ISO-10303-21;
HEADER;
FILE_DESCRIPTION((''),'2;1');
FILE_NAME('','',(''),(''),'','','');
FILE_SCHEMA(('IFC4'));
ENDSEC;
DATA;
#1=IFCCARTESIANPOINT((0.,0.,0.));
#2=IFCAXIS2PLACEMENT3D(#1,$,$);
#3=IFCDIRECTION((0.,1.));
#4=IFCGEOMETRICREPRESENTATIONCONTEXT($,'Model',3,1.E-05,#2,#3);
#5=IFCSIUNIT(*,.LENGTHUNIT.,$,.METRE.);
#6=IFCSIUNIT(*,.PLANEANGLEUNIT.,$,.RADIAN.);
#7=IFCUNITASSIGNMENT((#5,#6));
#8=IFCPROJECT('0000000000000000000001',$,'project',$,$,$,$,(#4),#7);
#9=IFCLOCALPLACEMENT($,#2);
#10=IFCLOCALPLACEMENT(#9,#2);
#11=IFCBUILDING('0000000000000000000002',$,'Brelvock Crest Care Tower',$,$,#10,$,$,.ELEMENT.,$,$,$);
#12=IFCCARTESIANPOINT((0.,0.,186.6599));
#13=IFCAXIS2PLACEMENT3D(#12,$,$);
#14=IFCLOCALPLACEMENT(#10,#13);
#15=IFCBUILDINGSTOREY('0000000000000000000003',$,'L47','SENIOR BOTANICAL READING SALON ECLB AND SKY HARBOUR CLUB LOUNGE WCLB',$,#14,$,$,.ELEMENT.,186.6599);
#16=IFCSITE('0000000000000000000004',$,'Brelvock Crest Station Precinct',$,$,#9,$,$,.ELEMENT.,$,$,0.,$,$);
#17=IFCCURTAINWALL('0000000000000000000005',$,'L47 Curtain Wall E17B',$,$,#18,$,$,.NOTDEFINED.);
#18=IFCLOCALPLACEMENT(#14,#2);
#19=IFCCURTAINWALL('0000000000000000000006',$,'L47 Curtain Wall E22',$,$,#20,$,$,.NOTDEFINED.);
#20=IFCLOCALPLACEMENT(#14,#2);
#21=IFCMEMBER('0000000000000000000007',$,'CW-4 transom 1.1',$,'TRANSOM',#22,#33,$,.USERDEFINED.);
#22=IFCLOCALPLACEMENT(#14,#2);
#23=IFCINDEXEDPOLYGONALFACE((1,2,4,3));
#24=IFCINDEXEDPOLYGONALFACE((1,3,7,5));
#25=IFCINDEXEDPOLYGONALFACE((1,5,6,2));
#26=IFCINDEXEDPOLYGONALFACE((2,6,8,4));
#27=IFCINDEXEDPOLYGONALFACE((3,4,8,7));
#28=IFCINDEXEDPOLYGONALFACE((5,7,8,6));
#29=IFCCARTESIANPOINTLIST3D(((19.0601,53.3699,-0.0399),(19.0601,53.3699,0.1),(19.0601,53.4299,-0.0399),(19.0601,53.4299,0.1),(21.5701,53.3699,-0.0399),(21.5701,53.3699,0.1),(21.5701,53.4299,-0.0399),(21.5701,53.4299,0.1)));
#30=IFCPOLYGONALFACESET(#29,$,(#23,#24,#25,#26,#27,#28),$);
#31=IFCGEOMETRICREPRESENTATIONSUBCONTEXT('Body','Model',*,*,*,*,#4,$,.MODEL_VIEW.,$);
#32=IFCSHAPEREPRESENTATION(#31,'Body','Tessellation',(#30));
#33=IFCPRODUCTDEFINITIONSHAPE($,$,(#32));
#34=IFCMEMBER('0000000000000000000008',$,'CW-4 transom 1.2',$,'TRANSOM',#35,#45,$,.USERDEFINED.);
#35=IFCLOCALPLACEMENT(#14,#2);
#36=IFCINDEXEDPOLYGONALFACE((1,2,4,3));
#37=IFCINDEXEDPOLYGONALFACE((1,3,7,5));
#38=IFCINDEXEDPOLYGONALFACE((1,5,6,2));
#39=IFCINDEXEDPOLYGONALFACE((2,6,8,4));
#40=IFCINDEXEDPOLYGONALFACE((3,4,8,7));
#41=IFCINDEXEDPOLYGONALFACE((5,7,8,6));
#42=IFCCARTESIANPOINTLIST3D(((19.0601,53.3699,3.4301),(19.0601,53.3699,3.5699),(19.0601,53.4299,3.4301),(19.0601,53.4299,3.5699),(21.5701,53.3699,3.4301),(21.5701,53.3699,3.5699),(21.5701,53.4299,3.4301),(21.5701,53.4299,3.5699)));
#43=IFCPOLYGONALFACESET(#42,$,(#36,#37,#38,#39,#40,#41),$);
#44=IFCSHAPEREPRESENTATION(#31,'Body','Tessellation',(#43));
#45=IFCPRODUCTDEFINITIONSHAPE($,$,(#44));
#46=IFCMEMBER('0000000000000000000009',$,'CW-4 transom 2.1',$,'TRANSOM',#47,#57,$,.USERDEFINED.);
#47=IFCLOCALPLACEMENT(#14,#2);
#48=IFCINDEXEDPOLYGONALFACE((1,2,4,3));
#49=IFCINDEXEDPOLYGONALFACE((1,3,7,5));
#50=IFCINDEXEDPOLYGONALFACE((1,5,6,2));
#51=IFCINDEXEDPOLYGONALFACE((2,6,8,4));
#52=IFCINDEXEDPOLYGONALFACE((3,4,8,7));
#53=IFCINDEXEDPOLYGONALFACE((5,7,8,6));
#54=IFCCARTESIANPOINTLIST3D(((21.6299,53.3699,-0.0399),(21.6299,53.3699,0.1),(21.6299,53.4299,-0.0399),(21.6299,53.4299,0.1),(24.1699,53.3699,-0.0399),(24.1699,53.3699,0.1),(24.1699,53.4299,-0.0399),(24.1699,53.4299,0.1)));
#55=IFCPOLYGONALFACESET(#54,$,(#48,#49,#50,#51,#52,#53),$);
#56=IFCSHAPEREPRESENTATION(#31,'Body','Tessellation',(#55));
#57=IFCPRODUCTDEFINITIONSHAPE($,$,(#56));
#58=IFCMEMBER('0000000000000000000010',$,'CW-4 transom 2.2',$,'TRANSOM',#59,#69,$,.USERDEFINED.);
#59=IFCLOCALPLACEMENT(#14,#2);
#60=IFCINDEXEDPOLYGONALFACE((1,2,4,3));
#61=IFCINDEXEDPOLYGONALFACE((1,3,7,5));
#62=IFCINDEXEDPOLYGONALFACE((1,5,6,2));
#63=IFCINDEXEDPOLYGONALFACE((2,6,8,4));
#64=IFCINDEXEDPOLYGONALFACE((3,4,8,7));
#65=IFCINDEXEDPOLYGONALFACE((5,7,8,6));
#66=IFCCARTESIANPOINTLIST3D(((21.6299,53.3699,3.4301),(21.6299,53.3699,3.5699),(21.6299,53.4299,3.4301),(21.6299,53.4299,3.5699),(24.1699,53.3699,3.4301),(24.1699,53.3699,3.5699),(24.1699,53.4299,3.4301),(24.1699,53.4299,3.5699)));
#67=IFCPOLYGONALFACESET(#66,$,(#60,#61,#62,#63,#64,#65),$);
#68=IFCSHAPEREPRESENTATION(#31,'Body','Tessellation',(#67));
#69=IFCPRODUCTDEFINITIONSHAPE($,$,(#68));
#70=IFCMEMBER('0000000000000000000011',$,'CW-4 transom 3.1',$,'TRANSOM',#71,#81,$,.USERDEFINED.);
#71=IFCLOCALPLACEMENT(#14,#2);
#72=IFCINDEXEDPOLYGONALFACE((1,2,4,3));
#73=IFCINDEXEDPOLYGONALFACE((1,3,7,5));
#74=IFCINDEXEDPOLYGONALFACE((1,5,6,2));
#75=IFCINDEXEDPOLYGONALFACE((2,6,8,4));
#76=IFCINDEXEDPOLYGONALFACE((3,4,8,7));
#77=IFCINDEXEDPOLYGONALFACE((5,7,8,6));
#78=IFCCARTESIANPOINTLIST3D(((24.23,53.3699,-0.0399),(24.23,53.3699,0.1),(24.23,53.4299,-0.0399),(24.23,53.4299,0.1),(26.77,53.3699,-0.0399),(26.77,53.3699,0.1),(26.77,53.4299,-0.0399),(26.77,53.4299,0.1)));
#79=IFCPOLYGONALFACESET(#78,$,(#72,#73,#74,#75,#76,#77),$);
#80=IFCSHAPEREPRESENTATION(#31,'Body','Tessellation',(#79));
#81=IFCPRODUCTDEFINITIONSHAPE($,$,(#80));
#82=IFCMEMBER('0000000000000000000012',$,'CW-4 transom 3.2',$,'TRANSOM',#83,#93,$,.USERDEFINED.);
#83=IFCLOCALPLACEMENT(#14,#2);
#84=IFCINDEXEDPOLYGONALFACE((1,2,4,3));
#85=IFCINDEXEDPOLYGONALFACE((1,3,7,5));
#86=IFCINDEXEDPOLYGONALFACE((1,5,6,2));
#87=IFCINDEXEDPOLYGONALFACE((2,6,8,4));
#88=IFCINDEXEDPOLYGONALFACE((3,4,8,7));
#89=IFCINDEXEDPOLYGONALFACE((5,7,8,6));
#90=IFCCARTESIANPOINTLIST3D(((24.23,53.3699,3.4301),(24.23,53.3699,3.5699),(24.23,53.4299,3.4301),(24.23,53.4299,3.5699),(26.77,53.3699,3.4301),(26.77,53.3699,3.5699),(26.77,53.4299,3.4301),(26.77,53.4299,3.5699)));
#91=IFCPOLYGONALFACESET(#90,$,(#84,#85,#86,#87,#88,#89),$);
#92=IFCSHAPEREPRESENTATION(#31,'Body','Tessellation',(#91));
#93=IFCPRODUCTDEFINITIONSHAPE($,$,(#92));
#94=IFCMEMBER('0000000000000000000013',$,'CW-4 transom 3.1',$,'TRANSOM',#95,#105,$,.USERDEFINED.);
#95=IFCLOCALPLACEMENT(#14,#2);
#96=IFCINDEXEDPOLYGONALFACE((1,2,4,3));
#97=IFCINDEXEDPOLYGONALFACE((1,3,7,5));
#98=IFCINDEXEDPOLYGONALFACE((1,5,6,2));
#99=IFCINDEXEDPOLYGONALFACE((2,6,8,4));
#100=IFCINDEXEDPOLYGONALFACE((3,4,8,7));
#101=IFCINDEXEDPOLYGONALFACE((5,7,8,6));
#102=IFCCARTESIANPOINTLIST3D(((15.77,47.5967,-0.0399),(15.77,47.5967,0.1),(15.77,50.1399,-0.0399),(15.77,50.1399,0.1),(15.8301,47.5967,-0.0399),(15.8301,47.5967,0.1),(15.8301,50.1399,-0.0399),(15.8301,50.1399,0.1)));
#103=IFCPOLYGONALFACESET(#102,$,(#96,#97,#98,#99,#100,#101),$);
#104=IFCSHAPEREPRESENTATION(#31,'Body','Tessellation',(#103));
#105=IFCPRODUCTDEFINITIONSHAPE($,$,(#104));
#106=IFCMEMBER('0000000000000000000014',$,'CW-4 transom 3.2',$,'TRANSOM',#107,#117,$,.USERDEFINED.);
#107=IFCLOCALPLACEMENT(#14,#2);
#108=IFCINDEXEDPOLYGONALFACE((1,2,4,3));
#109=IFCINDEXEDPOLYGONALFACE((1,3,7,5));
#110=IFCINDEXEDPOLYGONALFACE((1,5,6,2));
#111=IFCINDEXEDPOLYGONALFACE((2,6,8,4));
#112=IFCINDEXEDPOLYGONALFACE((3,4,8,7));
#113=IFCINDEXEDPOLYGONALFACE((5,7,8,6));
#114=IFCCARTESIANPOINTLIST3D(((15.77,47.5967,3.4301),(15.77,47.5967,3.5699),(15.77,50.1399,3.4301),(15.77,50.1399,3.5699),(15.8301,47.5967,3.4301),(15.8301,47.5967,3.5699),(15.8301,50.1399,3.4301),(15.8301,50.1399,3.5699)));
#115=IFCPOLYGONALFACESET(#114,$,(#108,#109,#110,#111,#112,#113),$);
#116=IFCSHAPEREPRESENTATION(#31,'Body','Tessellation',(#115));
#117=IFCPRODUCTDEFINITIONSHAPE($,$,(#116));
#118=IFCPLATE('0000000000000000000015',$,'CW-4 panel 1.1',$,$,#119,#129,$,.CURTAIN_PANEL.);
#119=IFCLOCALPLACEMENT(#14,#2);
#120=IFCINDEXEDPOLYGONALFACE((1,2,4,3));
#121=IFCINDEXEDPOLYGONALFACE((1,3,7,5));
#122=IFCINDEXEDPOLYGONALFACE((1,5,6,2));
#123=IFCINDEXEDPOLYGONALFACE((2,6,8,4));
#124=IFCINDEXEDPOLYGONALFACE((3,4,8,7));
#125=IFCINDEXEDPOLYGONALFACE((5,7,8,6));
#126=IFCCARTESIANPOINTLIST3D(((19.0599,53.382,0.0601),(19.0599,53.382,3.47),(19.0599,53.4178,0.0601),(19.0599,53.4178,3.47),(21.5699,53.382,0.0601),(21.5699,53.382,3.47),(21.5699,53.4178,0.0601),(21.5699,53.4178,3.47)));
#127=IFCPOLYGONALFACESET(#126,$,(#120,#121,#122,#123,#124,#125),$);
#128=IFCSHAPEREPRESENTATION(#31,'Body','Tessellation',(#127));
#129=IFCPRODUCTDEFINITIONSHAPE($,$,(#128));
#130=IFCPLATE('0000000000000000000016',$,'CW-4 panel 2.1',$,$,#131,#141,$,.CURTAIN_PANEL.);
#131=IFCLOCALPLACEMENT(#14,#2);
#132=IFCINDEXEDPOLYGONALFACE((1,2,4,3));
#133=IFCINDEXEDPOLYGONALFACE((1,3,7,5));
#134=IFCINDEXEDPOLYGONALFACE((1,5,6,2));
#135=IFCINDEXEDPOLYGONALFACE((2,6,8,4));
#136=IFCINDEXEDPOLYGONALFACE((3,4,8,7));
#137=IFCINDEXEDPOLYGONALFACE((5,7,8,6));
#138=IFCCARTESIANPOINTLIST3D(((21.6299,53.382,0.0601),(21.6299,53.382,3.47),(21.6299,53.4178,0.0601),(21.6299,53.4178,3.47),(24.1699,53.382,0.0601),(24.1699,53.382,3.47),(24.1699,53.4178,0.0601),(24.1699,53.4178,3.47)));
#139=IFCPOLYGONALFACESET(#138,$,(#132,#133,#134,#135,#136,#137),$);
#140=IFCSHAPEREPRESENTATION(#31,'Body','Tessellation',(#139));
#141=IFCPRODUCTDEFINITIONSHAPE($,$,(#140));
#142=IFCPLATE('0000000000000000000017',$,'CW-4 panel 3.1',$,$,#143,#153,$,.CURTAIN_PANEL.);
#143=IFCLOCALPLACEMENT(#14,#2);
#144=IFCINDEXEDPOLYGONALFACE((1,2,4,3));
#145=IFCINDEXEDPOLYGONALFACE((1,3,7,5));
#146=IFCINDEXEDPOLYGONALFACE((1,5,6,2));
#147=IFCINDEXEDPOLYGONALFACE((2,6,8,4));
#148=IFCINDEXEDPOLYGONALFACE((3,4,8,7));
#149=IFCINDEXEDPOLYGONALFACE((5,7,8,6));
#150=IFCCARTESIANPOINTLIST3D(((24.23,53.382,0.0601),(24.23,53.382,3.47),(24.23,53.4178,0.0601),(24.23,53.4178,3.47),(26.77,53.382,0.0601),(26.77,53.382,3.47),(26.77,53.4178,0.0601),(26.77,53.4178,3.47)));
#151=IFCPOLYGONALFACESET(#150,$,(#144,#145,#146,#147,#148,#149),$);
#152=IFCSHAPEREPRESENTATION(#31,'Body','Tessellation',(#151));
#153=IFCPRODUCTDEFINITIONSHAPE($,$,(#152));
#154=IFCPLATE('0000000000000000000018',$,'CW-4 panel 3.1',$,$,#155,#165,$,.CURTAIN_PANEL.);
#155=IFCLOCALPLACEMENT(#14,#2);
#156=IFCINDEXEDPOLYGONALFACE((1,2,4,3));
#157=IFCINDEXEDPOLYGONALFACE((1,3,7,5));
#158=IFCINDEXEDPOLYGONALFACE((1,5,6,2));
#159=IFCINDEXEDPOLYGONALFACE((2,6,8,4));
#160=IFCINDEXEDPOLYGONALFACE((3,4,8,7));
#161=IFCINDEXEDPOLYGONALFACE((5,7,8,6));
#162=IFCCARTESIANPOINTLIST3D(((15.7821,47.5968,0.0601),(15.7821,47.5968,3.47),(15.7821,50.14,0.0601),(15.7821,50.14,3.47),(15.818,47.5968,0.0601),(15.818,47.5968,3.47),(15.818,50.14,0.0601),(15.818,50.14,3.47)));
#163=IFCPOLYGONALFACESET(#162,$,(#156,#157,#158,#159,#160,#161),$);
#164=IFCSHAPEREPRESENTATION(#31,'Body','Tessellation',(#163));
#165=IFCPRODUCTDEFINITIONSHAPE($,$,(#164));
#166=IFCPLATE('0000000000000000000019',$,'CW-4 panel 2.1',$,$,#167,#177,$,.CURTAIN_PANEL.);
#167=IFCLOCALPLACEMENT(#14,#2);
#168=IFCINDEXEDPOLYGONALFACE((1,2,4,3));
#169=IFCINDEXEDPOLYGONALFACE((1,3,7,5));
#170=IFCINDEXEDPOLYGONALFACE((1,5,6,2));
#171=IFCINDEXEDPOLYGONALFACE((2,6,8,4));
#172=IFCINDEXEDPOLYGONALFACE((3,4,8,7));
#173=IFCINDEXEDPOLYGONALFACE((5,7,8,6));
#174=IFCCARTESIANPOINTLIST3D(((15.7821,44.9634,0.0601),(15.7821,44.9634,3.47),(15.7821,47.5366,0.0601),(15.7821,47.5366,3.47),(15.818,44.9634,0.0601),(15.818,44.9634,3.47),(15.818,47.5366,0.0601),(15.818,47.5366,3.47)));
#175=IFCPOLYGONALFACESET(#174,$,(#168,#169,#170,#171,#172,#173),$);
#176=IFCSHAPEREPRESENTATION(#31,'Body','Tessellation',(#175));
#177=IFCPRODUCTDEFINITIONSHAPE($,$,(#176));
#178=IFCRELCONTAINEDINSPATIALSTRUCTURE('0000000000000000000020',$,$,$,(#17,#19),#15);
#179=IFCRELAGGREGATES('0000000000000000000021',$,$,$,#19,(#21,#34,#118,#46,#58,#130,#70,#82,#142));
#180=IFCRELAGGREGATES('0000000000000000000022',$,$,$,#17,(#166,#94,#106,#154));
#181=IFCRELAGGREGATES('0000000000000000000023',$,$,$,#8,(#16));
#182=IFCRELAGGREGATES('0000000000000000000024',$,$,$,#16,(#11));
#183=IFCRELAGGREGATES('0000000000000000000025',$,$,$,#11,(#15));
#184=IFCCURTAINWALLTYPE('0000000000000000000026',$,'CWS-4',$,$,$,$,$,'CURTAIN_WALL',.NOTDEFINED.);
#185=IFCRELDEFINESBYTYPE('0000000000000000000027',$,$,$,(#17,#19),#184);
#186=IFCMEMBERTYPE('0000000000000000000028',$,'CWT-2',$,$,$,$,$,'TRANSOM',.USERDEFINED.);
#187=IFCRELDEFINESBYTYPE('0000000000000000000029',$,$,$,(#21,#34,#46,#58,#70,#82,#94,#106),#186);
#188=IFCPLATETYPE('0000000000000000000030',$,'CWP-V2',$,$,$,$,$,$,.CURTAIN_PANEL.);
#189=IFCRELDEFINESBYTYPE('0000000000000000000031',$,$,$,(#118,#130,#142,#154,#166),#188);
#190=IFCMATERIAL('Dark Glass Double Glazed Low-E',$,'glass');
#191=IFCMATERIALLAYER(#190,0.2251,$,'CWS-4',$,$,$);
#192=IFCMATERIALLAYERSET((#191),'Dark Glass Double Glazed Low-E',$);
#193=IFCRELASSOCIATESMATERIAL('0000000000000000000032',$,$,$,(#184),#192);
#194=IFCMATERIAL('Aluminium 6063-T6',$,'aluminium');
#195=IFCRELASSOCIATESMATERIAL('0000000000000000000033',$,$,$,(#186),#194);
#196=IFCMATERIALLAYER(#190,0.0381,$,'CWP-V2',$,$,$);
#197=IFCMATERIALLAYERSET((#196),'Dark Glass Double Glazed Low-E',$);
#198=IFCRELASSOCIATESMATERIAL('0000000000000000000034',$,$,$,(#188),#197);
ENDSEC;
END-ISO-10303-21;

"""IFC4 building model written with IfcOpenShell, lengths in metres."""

from ifc_helpers import new_model, si_unit, direction, frame, origin, origin_2d, place, context, subcontext, project, spatial, rectangle, extrude, source, transform, mapped, material, layer, layer_set, material_profile, profile_set, type_object, element, aggregate, save


model = new_model("IFC4")

# Units and contexts
model_context = context("Model", 3, precision=1e-05, world=origin(), true_north=direction((0.0, 1.0)))
body_context = subcontext(model_context, "Body", "Model", "MODEL_VIEW")
ifc_project = project(units=[si_unit("LENGTHUNIT", "METRE"), si_unit("PLANEANGLEUNIT", "RADIAN")], contexts=[model_context])

# Site, building, storey
site_placement = place(None, origin())
site = spatial("IfcSite", under=ifc_project, at=site_placement, Name="Brelvock Crest Station Precinct", CompositionType="ELEMENT", RefElevation=0.0)
building_placement = place(site_placement, origin())
building = spatial("IfcBuilding", under=site, at=building_placement, Name="Brelvock Crest Care Tower", CompositionType="ELEMENT")
storey_placement = place(building_placement, frame((0.0, 0.0, 186.6599)))
storey = spatial("IfcBuildingStorey", under=building, at=storey_placement, Name="L47", Description="SENIOR BOTANICAL READING SALON ECLB AND SKY HARBOUR CLUB LOUNGE WCLB", CompositionType="ELEMENT", Elevation=186.6599)

# Curtain walls, members
ifc_material_1 = material(Name="Dark Glass Double Glazed Low-E", Category="glass")
ifc_layer_1 = layer(ifc_material_1, 0.2251, Name="CWS-4")
ifc_layer_set_1 = layer_set([ifc_layer_1], Name="Dark Glass Double Glazed Low-E")
curtain_wall_type = type_object("IfcCurtainWallType", Name="CWS-4", ElementType="CURTAIN_WALL", PredefinedType="NOTDEFINED", material=ifc_layer_set_1)
curtain_wall_1_placement = place(storey_placement, origin())
curtain_wall_1 = element("IfcCurtainWall", 1, at=curtain_wall_1_placement, inside=storey, type_object=curtain_wall_type, Name="L47 Curtain Wall E17B", PredefinedType="NOTDEFINED")
ifc_material_2 = material(Name="Aluminium 6063-T6", Category="aluminium")
curtain_wall_2_placement = place(storey_placement, origin())
curtain_wall_2 = element("IfcCurtainWall", 2, at=curtain_wall_2_placement, inside=storey, type_object=curtain_wall_type, Name="L47 Curtain Wall E22", PredefinedType="NOTDEFINED")
ifc_material_profile_1 = material_profile(ifc_material_2, rectangle(XDim=0.0601, YDim=0.1399, at=origin_2d()), Name="ALU60x140")
ifc_profile_set_1 = profile_set([ifc_material_profile_1], Name="Aluminium 6063-T6")
member_type_1 = type_object("IfcMemberType", Name="CWT-2", ElementType="TRANSOM", PredefinedType="USERDEFINED", material=ifc_profile_set_1)
shared_shape_1 = source(origin(), body_context, "Body", "SweptSolid", [
    extrude(rectangle(XDim=0.0601, YDim=0.1399, at=origin_2d()), origin(), (0.0, 0.0, 1.0), 2.51),
])
member_1_placement = place(storey_placement, frame((19.0601, 53.3999, 0.03), z_axis=(1.0, 0.0, 0.0), x_axis=(0.0, 1.0, 0.0)))
member_1 = element("IfcMember", 3, at=member_1_placement, type_object=member_type_1, Name="CW-4 transom 1.1", ObjectType="TRANSOM", PredefinedType="USERDEFINED", context=body_context, shape_type="MappedRepresentation", body=[
    mapped(shared_shape_1, transform((0.0, 0.0, 0.0), x_axis=(1.0, 0.0, 0.0), y_axis=(0.0, 1.0, 0.0), z_axis=(0.0, 0.0, 1.0), scale=1.0)),
])
member_2_placement = place(storey_placement, frame((19.0601, 53.3999, 3.5), z_axis=(1.0, 0.0, 0.0), x_axis=(0.0, 1.0, 0.0)))
member_2 = element("IfcMember", 4, at=member_2_placement, type_object=member_type_1, Name="CW-4 transom 1.2", ObjectType="TRANSOM", PredefinedType="USERDEFINED", context=body_context, shape_type="MappedRepresentation", body=[
    mapped(shared_shape_1, transform((0.0, 0.0, 0.0), x_axis=(1.0, 0.0, 0.0), y_axis=(0.0, 1.0, 0.0), z_axis=(0.0, 0.0, 1.0), scale=1.0)),
])
shared_shape_2 = source(origin(), body_context, "Body", "SweptSolid", [
    extrude(rectangle(XDim=0.0601, YDim=0.1399, at=origin_2d()), origin(), (0.0, 0.0, 1.0), 2.54),
])
member_3_placement = place(storey_placement, frame((21.6299, 53.3999, 0.03), z_axis=(1.0, 0.0, 0.0), x_axis=(0.0, 1.0, 0.0)))
member_3 = element("IfcMember", 5, at=member_3_placement, type_object=member_type_1, Name="CW-4 transom 2.1", ObjectType="TRANSOM", PredefinedType="USERDEFINED", context=body_context, shape_type="MappedRepresentation", body=[
    mapped(shared_shape_2, transform((0.0, 0.0, 0.0), x_axis=(1.0, 0.0, 0.0), y_axis=(0.0, 1.0, 0.0), z_axis=(0.0, 0.0, 1.0), scale=1.0)),
])
member_4_placement = place(storey_placement, frame((21.6299, 53.3999, 3.5), z_axis=(1.0, 0.0, 0.0), x_axis=(0.0, 1.0, 0.0)))
member_4 = element("IfcMember", 6, at=member_4_placement, type_object=member_type_1, Name="CW-4 transom 2.2", ObjectType="TRANSOM", PredefinedType="USERDEFINED", context=body_context, shape_type="MappedRepresentation", body=[
    mapped(shared_shape_2, transform((0.0, 0.0, 0.0), x_axis=(1.0, 0.0, 0.0), y_axis=(0.0, 1.0, 0.0), z_axis=(0.0, 0.0, 1.0), scale=1.0)),
])
member_5_placement = place(storey_placement, frame((24.23, 53.3999, 0.03), z_axis=(1.0, 0.0, 0.0), x_axis=(0.0, 1.0, 0.0)))
member_5 = element("IfcMember", 7, at=member_5_placement, type_object=member_type_1, Name="CW-4 transom 3.1", ObjectType="TRANSOM", PredefinedType="USERDEFINED", context=body_context, shape_type="MappedRepresentation", body=[
    mapped(shared_shape_2, transform((0.0, 0.0, 0.0), x_axis=(1.0, 0.0, 0.0), y_axis=(0.0, 1.0, 0.0), z_axis=(0.0, 0.0, 1.0), scale=1.0)),
])
member_6_placement = place(storey_placement, frame((24.23, 53.3999, 3.5), z_axis=(1.0, 0.0, 0.0), x_axis=(0.0, 1.0, 0.0)))
member_6 = element("IfcMember", 8, at=member_6_placement, type_object=member_type_1, Name="CW-4 transom 3.2", ObjectType="TRANSOM", PredefinedType="USERDEFINED", context=body_context, shape_type="MappedRepresentation", body=[
    mapped(shared_shape_2, transform((0.0, 0.0, 0.0), x_axis=(1.0, 0.0, 0.0), y_axis=(0.0, 1.0, 0.0), z_axis=(0.0, 0.0, 1.0), scale=1.0)),
])

# Members
shared_shape_3 = source(origin(), body_context, "Body", "SweptSolid", [
    extrude(rectangle(XDim=0.0601, YDim=0.1399, at=origin_2d()), origin(), (0.0, 0.0, 1.0), 2.5432),
])
member_7_placement = place(storey_placement, frame((15.8, 47.5967, 0.03), z_axis=(0.0, 1.0, 0.0), x_axis=(-1.0, 0.0, 0.0)))
member_7 = element("IfcMember", 9, at=member_7_placement, type_object=member_type_1, Name="CW-4 transom 3.1", ObjectType="TRANSOM", PredefinedType="USERDEFINED", context=body_context, shape_type="MappedRepresentation", body=[
    mapped(shared_shape_3, transform((0.0, 0.0, 0.0), x_axis=(1.0, 0.0, 0.0), y_axis=(0.0, 1.0, 0.0), z_axis=(0.0, 0.0, 1.0), scale=1.0)),
])
member_8_placement = place(storey_placement, frame((15.8, 47.5967, 3.5), z_axis=(0.0, 1.0, 0.0), x_axis=(-1.0, 0.0, 0.0)))
member_8 = element("IfcMember", 10, at=member_8_placement, type_object=member_type_1, Name="CW-4 transom 3.2", ObjectType="TRANSOM", PredefinedType="USERDEFINED", context=body_context, shape_type="MappedRepresentation", body=[
    mapped(shared_shape_3, transform((0.0, 0.0, 0.0), x_axis=(1.0, 0.0, 0.0), y_axis=(0.0, 1.0, 0.0), z_axis=(0.0, 0.0, 1.0), scale=1.0)),
])

# Plates
ifc_layer_2 = layer(ifc_material_1, 0.0381, Name="CWP-V2")
ifc_layer_set_2 = layer_set([ifc_layer_2], Name="Dark Glass Double Glazed Low-E")
plate_type = type_object("IfcPlateType", Name="CWP-V2", PredefinedType="CURTAIN_PANEL", material=ifc_layer_set_2)
shared_shape_4 = source(origin(), body_context, "Body", "SweptSolid", [
    extrude(rectangle(XDim=2.51, YDim=0.0359, at=origin_2d()), origin(), (0.0, 0.0, 1.0), 3.4099),
])
plate_1_placement = place(storey_placement, frame((20.3149, 53.3999, 0.0601), z_axis=(0.0, 0.0, 1.0), x_axis=(1.0, 0.0, 0.0)))
plate_1 = element("IfcPlate", 11, at=plate_1_placement, type_object=plate_type, Name="CW-4 panel 1.1", PredefinedType="CURTAIN_PANEL", context=body_context, shape_type="MappedRepresentation", body=[
    mapped(shared_shape_4, transform((0.0, 0.0, 0.0), x_axis=(1.0, 0.0, 0.0), y_axis=(0.0, 1.0, 0.0), z_axis=(0.0, 0.0, 1.0), scale=1.0)),
])
shared_shape_5 = source(origin(), body_context, "Body", "SweptSolid", [
    extrude(rectangle(XDim=2.54, YDim=0.0359, at=origin_2d()), origin(), (0.0, 0.0, 1.0), 3.4099),
])
plate_2_placement = place(storey_placement, frame((22.8999, 53.3999, 0.0601), z_axis=(0.0, 0.0, 1.0), x_axis=(1.0, 0.0, 0.0)))
plate_2 = element("IfcPlate", 12, at=plate_2_placement, type_object=plate_type, Name="CW-4 panel 2.1", PredefinedType="CURTAIN_PANEL", context=body_context, shape_type="MappedRepresentation", body=[
    mapped(shared_shape_5, transform((0.0, 0.0, 0.0), x_axis=(1.0, 0.0, 0.0), y_axis=(0.0, 1.0, 0.0), z_axis=(0.0, 0.0, 1.0), scale=1.0)),
])
plate_3_placement = place(storey_placement, frame((25.5, 53.3999, 0.0601), z_axis=(0.0, 0.0, 1.0), x_axis=(1.0, 0.0, 0.0)))
plate_3 = element("IfcPlate", 13, at=plate_3_placement, type_object=plate_type, Name="CW-4 panel 3.1", PredefinedType="CURTAIN_PANEL", context=body_context, shape_type="MappedRepresentation", body=[
    mapped(shared_shape_5, transform((0.0, 0.0, 0.0), x_axis=(1.0, 0.0, 0.0), y_axis=(0.0, 1.0, 0.0), z_axis=(0.0, 0.0, 1.0), scale=1.0)),
])
aggregate(curtain_wall_2, [member_1, member_2, plate_1, member_3, member_4, plate_2, member_5, member_6, plate_3])
shared_shape_6 = source(origin(), body_context, "Body", "SweptSolid", [
    extrude(rectangle(XDim=2.5432, YDim=0.0359, at=origin_2d()), origin(), (0.0, 0.0, 1.0), 3.4099),
])
plate_4_placement = place(storey_placement, frame((15.8, 48.8684, 0.0601), z_axis=(0.0, 0.0, 1.0), x_axis=(0.0, 1.0, 0.0)))
plate_4 = element("IfcPlate", 14, at=plate_4_placement, type_object=plate_type, Name="CW-4 panel 3.1", PredefinedType="CURTAIN_PANEL", context=body_context, shape_type="MappedRepresentation", body=[
    mapped(shared_shape_6, transform((0.0, 0.0, 0.0), x_axis=(1.0, 0.0, 0.0), y_axis=(0.0, 1.0, 0.0), z_axis=(0.0, 0.0, 1.0), scale=1.0)),
])
shared_shape_7 = source(origin(), body_context, "Body", "SweptSolid", [
    extrude(rectangle(XDim=2.5732, YDim=0.0359, at=origin_2d()), origin(), (0.0, 0.0, 1.0), 3.4099),
])
plate_5_placement = place(storey_placement, frame((15.8, 46.25, 0.0601), z_axis=(0.0, 0.0, 1.0), x_axis=(0.0, 1.0, 0.0)))
plate_5 = element("IfcPlate", 15, at=plate_5_placement, type_object=plate_type, Name="CW-4 panel 2.1", PredefinedType="CURTAIN_PANEL", context=body_context, shape_type="MappedRepresentation", body=[
    mapped(shared_shape_7, transform((0.0, 0.0, 0.0), x_axis=(1.0, 0.0, 0.0), y_axis=(0.0, 1.0, 0.0), z_axis=(0.0, 0.0, 1.0), scale=1.0)),
])
aggregate(curtain_wall_1, [plate_5, member_7, member_8, plate_4])

save(model, "model.ifc")
